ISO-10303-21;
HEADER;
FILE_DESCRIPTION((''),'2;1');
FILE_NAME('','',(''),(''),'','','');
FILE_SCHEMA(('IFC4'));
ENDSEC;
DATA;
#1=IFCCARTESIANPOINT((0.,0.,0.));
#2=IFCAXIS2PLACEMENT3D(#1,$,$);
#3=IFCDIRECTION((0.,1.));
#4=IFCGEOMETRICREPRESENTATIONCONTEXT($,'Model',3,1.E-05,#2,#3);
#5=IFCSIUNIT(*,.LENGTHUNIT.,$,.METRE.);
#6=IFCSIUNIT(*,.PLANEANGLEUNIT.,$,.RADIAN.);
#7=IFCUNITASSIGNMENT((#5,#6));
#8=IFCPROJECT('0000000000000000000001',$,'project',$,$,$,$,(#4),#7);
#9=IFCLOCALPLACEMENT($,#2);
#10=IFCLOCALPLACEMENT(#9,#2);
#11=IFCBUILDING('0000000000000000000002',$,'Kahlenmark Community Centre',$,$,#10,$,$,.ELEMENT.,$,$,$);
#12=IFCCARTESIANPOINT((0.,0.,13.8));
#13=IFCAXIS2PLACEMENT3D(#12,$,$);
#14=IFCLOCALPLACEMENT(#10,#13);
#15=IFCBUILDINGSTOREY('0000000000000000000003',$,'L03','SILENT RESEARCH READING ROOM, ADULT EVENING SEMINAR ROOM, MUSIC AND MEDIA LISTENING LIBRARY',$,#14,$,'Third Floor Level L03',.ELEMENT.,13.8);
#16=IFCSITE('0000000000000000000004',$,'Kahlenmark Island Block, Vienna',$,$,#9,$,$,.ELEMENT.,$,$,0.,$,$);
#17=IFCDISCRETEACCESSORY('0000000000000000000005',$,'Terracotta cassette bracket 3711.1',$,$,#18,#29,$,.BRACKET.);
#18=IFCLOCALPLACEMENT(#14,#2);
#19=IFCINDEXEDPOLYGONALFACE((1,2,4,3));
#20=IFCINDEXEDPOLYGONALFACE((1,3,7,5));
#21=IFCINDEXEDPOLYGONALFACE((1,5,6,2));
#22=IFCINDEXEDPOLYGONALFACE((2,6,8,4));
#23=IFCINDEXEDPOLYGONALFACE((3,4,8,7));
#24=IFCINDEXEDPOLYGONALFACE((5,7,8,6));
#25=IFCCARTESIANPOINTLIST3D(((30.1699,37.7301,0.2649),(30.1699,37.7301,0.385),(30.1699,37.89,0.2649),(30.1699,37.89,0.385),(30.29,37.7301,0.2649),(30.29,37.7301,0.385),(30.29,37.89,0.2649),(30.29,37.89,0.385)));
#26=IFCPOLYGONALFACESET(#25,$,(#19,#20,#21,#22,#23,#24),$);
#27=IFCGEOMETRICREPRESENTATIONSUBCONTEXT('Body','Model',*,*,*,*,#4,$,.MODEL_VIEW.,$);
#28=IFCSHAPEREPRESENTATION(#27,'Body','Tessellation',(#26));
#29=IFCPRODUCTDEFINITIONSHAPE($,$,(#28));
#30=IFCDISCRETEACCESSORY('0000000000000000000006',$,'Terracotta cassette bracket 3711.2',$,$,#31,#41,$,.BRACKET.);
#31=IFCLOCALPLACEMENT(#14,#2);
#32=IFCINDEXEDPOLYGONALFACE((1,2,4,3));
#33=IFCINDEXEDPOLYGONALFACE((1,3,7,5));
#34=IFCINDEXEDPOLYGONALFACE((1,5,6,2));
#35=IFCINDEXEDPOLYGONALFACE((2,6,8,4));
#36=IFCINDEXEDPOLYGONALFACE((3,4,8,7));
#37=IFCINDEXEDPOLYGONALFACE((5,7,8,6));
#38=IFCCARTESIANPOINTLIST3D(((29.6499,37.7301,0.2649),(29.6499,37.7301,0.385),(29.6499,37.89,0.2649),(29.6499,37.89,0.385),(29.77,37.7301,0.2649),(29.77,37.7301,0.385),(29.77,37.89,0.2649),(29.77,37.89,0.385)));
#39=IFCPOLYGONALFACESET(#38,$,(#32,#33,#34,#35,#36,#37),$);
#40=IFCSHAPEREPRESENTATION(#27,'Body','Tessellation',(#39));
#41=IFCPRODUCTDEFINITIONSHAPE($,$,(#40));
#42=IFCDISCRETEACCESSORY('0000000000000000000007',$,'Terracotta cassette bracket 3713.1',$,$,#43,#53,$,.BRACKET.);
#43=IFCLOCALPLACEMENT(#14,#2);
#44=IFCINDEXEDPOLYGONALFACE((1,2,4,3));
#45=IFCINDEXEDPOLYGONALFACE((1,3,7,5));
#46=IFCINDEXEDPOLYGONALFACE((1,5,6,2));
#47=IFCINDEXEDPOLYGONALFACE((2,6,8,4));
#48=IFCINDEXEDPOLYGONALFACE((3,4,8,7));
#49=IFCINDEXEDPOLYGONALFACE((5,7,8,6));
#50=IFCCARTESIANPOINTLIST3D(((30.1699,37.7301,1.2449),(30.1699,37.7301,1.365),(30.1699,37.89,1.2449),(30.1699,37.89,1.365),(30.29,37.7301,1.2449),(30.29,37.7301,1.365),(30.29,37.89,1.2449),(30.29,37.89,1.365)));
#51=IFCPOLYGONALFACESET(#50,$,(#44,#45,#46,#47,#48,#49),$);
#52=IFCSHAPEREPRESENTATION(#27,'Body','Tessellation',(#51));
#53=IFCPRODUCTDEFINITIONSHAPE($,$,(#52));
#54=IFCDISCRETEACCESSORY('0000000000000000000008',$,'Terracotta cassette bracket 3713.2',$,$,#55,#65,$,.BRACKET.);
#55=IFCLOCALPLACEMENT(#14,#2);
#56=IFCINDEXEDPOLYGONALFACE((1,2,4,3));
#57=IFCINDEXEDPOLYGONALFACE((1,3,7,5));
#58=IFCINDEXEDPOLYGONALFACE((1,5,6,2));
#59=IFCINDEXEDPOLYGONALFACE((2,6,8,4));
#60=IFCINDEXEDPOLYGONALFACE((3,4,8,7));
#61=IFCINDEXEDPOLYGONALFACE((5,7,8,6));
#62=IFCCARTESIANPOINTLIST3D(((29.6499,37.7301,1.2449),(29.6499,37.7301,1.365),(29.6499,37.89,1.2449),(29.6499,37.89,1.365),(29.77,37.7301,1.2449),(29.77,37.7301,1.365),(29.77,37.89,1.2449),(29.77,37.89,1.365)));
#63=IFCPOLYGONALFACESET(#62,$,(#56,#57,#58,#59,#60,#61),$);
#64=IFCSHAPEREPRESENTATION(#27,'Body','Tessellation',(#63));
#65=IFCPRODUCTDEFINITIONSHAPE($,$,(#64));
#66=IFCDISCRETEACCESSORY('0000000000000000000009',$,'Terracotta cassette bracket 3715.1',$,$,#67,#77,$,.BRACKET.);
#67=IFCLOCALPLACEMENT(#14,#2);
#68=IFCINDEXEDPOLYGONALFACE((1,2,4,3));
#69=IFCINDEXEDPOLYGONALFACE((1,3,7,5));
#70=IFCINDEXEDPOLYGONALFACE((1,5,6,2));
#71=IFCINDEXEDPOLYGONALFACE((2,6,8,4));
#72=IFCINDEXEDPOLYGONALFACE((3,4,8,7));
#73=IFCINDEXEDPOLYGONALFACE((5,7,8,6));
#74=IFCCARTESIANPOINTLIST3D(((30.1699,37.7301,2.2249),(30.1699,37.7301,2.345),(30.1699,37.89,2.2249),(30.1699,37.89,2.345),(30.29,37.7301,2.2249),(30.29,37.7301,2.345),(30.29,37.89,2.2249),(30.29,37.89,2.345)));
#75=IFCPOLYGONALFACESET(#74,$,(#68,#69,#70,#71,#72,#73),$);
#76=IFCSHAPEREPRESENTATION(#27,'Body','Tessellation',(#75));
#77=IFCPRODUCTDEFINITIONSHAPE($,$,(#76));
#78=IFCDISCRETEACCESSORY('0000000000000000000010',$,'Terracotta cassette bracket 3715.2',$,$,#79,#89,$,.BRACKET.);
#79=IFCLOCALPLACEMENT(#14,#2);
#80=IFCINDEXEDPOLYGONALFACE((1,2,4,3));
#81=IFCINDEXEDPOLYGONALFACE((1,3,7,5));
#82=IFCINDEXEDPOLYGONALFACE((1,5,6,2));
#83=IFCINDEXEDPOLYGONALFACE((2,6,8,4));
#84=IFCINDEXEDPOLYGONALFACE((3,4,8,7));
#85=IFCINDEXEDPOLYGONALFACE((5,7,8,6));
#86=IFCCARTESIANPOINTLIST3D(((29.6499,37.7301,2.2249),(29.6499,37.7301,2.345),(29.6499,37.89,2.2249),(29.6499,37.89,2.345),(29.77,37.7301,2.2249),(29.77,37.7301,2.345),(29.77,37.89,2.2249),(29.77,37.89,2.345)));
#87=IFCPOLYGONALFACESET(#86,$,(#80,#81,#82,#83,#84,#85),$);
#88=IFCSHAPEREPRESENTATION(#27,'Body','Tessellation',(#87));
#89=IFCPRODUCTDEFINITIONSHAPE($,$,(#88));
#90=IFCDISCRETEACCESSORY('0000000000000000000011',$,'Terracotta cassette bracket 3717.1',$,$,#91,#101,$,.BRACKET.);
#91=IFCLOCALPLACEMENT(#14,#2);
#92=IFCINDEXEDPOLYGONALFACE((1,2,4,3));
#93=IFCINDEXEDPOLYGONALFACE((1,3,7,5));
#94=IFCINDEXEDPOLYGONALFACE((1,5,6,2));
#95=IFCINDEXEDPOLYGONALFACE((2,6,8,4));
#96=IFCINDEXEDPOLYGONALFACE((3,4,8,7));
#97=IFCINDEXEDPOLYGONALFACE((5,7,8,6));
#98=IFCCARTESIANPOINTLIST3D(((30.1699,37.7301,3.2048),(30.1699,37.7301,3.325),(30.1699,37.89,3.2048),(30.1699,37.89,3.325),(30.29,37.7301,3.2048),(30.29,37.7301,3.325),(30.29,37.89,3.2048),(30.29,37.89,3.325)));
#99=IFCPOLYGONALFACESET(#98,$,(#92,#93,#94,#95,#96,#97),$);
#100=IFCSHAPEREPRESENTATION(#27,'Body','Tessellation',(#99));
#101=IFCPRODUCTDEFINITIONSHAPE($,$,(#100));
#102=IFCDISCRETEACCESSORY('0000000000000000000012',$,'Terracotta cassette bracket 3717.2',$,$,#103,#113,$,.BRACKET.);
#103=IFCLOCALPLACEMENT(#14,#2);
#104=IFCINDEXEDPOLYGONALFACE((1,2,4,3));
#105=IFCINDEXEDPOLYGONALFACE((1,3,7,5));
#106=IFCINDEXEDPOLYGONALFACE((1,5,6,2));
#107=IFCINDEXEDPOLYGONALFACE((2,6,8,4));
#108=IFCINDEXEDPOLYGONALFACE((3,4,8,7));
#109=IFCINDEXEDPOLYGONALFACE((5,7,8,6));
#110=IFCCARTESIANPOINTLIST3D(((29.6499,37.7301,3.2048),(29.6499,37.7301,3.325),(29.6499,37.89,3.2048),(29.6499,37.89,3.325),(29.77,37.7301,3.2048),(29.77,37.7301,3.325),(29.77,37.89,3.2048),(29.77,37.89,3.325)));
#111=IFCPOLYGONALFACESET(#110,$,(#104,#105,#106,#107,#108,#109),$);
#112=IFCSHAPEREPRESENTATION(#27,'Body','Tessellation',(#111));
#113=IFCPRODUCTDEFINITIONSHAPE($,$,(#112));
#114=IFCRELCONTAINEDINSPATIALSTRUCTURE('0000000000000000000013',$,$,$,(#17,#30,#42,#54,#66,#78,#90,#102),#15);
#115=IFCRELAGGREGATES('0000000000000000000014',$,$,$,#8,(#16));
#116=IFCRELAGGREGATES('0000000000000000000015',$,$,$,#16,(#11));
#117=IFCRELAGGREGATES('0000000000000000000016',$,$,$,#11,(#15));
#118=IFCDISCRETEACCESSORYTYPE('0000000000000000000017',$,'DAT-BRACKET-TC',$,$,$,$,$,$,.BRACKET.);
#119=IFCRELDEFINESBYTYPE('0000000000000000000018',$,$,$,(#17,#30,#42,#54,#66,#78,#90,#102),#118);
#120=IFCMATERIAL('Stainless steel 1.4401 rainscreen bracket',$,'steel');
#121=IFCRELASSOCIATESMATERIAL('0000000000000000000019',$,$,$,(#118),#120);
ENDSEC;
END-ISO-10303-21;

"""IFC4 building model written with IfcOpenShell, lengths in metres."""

from ifc_helpers import new_model, si_unit, direction, frame, origin, origin_2d, place, context, subcontext, project, spatial, rectangle, extrude, material, type_object, element, save


model = new_model("IFC4")

# Units and contexts
model_context = context("Model", 3, precision=1e-05, world=origin(), true_north=direction((0.0, 1.0)))
body_context = subcontext(model_context, "Body", "Model", "MODEL_VIEW")
ifc_project = project(units=[si_unit("LENGTHUNIT", "METRE"), si_unit("PLANEANGLEUNIT", "RADIAN")], contexts=[model_context])

# Site, building, storey
site_placement = place(None, origin())
site = spatial("IfcSite", under=ifc_project, at=site_placement, Name="Kahlenmark Island Block, Vienna", CompositionType="ELEMENT", RefElevation=0.0)
building_placement = place(site_placement, origin())
building = spatial("IfcBuilding", under=site, at=building_placement, Name="Kahlenmark Community Centre", CompositionType="ELEMENT")
storey_placement = place(building_placement, frame((0.0, 0.0, 13.8)))
storey = spatial("IfcBuildingStorey", under=building, at=storey_placement, Name="L03", Description="SILENT RESEARCH READING ROOM, ADULT EVENING SEMINAR ROOM, MUSIC AND MEDIA LISTENING LIBRARY", LongName="Third Floor Level L03", CompositionType="ELEMENT", Elevation=13.8)

# Discrete accessories
ifc_material_1 = material(Name="Stainless steel 1.4401 rainscreen bracket", Category="steel")
discrete_accessory_type = type_object("IfcDiscreteAccessoryType", Name="DAT-BRACKET-TC", PredefinedType="BRACKET", material=ifc_material_1)
for number, where, z_axis, x_axis, name in (
    (1, (30.23, 37.8101, 0.2649), (0.0, 0.0, 1.0), (-1.0, 0.0, 0.0), "Terracotta cassette bracket 3711.1"),
    (2, (29.71, 37.8101, 0.2649), (0.0, 0.0, 1.0), (-1.0, 0.0, 0.0), "Terracotta cassette bracket 3711.2"),
    (3, (30.23, 37.8101, 1.2449), (0.0, 0.0, 1.0), (-1.0, 0.0, 0.0), "Terracotta cassette bracket 3713.1"),
    (4, (29.71, 37.8101, 1.2449), (0.0, 0.0, 1.0), (-1.0, 0.0, 0.0), "Terracotta cassette bracket 3713.2"),
    (5, (30.23, 37.8101, 2.2249), (0.0, 0.0, 1.0), (-1.0, 0.0, 0.0), "Terracotta cassette bracket 3715.1"),
    (6, (29.71, 37.8101, 2.2249), (0.0, 0.0, 1.0), (-1.0, 0.0, 0.0), "Terracotta cassette bracket 3715.2"),
    (7, (30.23, 37.8101, 3.2048), (0.0, 0.0, 1.0), (-1.0, 0.0, 0.0), "Terracotta cassette bracket 3717.1"),
    (8, (29.71, 37.8101, 3.2048), (0.0, 0.0, 1.0), (-1.0, 0.0, 0.0), "Terracotta cassette bracket 3717.2"),
):
    element("IfcDiscreteAccessory", number, at=place(storey_placement, frame(where, z_axis=z_axis, x_axis=x_axis)), inside=storey, type_object=discrete_accessory_type, Name=name, PredefinedType="BRACKET", context=body_context, shape_type="SweptSolid", body=[
        extrude(rectangle(XDim=0.1201, YDim=0.1599, at=origin_2d()), origin(), (0.0, 0.0, 1.0), 0.1201),
    ])

save(model, "model.ifc")
